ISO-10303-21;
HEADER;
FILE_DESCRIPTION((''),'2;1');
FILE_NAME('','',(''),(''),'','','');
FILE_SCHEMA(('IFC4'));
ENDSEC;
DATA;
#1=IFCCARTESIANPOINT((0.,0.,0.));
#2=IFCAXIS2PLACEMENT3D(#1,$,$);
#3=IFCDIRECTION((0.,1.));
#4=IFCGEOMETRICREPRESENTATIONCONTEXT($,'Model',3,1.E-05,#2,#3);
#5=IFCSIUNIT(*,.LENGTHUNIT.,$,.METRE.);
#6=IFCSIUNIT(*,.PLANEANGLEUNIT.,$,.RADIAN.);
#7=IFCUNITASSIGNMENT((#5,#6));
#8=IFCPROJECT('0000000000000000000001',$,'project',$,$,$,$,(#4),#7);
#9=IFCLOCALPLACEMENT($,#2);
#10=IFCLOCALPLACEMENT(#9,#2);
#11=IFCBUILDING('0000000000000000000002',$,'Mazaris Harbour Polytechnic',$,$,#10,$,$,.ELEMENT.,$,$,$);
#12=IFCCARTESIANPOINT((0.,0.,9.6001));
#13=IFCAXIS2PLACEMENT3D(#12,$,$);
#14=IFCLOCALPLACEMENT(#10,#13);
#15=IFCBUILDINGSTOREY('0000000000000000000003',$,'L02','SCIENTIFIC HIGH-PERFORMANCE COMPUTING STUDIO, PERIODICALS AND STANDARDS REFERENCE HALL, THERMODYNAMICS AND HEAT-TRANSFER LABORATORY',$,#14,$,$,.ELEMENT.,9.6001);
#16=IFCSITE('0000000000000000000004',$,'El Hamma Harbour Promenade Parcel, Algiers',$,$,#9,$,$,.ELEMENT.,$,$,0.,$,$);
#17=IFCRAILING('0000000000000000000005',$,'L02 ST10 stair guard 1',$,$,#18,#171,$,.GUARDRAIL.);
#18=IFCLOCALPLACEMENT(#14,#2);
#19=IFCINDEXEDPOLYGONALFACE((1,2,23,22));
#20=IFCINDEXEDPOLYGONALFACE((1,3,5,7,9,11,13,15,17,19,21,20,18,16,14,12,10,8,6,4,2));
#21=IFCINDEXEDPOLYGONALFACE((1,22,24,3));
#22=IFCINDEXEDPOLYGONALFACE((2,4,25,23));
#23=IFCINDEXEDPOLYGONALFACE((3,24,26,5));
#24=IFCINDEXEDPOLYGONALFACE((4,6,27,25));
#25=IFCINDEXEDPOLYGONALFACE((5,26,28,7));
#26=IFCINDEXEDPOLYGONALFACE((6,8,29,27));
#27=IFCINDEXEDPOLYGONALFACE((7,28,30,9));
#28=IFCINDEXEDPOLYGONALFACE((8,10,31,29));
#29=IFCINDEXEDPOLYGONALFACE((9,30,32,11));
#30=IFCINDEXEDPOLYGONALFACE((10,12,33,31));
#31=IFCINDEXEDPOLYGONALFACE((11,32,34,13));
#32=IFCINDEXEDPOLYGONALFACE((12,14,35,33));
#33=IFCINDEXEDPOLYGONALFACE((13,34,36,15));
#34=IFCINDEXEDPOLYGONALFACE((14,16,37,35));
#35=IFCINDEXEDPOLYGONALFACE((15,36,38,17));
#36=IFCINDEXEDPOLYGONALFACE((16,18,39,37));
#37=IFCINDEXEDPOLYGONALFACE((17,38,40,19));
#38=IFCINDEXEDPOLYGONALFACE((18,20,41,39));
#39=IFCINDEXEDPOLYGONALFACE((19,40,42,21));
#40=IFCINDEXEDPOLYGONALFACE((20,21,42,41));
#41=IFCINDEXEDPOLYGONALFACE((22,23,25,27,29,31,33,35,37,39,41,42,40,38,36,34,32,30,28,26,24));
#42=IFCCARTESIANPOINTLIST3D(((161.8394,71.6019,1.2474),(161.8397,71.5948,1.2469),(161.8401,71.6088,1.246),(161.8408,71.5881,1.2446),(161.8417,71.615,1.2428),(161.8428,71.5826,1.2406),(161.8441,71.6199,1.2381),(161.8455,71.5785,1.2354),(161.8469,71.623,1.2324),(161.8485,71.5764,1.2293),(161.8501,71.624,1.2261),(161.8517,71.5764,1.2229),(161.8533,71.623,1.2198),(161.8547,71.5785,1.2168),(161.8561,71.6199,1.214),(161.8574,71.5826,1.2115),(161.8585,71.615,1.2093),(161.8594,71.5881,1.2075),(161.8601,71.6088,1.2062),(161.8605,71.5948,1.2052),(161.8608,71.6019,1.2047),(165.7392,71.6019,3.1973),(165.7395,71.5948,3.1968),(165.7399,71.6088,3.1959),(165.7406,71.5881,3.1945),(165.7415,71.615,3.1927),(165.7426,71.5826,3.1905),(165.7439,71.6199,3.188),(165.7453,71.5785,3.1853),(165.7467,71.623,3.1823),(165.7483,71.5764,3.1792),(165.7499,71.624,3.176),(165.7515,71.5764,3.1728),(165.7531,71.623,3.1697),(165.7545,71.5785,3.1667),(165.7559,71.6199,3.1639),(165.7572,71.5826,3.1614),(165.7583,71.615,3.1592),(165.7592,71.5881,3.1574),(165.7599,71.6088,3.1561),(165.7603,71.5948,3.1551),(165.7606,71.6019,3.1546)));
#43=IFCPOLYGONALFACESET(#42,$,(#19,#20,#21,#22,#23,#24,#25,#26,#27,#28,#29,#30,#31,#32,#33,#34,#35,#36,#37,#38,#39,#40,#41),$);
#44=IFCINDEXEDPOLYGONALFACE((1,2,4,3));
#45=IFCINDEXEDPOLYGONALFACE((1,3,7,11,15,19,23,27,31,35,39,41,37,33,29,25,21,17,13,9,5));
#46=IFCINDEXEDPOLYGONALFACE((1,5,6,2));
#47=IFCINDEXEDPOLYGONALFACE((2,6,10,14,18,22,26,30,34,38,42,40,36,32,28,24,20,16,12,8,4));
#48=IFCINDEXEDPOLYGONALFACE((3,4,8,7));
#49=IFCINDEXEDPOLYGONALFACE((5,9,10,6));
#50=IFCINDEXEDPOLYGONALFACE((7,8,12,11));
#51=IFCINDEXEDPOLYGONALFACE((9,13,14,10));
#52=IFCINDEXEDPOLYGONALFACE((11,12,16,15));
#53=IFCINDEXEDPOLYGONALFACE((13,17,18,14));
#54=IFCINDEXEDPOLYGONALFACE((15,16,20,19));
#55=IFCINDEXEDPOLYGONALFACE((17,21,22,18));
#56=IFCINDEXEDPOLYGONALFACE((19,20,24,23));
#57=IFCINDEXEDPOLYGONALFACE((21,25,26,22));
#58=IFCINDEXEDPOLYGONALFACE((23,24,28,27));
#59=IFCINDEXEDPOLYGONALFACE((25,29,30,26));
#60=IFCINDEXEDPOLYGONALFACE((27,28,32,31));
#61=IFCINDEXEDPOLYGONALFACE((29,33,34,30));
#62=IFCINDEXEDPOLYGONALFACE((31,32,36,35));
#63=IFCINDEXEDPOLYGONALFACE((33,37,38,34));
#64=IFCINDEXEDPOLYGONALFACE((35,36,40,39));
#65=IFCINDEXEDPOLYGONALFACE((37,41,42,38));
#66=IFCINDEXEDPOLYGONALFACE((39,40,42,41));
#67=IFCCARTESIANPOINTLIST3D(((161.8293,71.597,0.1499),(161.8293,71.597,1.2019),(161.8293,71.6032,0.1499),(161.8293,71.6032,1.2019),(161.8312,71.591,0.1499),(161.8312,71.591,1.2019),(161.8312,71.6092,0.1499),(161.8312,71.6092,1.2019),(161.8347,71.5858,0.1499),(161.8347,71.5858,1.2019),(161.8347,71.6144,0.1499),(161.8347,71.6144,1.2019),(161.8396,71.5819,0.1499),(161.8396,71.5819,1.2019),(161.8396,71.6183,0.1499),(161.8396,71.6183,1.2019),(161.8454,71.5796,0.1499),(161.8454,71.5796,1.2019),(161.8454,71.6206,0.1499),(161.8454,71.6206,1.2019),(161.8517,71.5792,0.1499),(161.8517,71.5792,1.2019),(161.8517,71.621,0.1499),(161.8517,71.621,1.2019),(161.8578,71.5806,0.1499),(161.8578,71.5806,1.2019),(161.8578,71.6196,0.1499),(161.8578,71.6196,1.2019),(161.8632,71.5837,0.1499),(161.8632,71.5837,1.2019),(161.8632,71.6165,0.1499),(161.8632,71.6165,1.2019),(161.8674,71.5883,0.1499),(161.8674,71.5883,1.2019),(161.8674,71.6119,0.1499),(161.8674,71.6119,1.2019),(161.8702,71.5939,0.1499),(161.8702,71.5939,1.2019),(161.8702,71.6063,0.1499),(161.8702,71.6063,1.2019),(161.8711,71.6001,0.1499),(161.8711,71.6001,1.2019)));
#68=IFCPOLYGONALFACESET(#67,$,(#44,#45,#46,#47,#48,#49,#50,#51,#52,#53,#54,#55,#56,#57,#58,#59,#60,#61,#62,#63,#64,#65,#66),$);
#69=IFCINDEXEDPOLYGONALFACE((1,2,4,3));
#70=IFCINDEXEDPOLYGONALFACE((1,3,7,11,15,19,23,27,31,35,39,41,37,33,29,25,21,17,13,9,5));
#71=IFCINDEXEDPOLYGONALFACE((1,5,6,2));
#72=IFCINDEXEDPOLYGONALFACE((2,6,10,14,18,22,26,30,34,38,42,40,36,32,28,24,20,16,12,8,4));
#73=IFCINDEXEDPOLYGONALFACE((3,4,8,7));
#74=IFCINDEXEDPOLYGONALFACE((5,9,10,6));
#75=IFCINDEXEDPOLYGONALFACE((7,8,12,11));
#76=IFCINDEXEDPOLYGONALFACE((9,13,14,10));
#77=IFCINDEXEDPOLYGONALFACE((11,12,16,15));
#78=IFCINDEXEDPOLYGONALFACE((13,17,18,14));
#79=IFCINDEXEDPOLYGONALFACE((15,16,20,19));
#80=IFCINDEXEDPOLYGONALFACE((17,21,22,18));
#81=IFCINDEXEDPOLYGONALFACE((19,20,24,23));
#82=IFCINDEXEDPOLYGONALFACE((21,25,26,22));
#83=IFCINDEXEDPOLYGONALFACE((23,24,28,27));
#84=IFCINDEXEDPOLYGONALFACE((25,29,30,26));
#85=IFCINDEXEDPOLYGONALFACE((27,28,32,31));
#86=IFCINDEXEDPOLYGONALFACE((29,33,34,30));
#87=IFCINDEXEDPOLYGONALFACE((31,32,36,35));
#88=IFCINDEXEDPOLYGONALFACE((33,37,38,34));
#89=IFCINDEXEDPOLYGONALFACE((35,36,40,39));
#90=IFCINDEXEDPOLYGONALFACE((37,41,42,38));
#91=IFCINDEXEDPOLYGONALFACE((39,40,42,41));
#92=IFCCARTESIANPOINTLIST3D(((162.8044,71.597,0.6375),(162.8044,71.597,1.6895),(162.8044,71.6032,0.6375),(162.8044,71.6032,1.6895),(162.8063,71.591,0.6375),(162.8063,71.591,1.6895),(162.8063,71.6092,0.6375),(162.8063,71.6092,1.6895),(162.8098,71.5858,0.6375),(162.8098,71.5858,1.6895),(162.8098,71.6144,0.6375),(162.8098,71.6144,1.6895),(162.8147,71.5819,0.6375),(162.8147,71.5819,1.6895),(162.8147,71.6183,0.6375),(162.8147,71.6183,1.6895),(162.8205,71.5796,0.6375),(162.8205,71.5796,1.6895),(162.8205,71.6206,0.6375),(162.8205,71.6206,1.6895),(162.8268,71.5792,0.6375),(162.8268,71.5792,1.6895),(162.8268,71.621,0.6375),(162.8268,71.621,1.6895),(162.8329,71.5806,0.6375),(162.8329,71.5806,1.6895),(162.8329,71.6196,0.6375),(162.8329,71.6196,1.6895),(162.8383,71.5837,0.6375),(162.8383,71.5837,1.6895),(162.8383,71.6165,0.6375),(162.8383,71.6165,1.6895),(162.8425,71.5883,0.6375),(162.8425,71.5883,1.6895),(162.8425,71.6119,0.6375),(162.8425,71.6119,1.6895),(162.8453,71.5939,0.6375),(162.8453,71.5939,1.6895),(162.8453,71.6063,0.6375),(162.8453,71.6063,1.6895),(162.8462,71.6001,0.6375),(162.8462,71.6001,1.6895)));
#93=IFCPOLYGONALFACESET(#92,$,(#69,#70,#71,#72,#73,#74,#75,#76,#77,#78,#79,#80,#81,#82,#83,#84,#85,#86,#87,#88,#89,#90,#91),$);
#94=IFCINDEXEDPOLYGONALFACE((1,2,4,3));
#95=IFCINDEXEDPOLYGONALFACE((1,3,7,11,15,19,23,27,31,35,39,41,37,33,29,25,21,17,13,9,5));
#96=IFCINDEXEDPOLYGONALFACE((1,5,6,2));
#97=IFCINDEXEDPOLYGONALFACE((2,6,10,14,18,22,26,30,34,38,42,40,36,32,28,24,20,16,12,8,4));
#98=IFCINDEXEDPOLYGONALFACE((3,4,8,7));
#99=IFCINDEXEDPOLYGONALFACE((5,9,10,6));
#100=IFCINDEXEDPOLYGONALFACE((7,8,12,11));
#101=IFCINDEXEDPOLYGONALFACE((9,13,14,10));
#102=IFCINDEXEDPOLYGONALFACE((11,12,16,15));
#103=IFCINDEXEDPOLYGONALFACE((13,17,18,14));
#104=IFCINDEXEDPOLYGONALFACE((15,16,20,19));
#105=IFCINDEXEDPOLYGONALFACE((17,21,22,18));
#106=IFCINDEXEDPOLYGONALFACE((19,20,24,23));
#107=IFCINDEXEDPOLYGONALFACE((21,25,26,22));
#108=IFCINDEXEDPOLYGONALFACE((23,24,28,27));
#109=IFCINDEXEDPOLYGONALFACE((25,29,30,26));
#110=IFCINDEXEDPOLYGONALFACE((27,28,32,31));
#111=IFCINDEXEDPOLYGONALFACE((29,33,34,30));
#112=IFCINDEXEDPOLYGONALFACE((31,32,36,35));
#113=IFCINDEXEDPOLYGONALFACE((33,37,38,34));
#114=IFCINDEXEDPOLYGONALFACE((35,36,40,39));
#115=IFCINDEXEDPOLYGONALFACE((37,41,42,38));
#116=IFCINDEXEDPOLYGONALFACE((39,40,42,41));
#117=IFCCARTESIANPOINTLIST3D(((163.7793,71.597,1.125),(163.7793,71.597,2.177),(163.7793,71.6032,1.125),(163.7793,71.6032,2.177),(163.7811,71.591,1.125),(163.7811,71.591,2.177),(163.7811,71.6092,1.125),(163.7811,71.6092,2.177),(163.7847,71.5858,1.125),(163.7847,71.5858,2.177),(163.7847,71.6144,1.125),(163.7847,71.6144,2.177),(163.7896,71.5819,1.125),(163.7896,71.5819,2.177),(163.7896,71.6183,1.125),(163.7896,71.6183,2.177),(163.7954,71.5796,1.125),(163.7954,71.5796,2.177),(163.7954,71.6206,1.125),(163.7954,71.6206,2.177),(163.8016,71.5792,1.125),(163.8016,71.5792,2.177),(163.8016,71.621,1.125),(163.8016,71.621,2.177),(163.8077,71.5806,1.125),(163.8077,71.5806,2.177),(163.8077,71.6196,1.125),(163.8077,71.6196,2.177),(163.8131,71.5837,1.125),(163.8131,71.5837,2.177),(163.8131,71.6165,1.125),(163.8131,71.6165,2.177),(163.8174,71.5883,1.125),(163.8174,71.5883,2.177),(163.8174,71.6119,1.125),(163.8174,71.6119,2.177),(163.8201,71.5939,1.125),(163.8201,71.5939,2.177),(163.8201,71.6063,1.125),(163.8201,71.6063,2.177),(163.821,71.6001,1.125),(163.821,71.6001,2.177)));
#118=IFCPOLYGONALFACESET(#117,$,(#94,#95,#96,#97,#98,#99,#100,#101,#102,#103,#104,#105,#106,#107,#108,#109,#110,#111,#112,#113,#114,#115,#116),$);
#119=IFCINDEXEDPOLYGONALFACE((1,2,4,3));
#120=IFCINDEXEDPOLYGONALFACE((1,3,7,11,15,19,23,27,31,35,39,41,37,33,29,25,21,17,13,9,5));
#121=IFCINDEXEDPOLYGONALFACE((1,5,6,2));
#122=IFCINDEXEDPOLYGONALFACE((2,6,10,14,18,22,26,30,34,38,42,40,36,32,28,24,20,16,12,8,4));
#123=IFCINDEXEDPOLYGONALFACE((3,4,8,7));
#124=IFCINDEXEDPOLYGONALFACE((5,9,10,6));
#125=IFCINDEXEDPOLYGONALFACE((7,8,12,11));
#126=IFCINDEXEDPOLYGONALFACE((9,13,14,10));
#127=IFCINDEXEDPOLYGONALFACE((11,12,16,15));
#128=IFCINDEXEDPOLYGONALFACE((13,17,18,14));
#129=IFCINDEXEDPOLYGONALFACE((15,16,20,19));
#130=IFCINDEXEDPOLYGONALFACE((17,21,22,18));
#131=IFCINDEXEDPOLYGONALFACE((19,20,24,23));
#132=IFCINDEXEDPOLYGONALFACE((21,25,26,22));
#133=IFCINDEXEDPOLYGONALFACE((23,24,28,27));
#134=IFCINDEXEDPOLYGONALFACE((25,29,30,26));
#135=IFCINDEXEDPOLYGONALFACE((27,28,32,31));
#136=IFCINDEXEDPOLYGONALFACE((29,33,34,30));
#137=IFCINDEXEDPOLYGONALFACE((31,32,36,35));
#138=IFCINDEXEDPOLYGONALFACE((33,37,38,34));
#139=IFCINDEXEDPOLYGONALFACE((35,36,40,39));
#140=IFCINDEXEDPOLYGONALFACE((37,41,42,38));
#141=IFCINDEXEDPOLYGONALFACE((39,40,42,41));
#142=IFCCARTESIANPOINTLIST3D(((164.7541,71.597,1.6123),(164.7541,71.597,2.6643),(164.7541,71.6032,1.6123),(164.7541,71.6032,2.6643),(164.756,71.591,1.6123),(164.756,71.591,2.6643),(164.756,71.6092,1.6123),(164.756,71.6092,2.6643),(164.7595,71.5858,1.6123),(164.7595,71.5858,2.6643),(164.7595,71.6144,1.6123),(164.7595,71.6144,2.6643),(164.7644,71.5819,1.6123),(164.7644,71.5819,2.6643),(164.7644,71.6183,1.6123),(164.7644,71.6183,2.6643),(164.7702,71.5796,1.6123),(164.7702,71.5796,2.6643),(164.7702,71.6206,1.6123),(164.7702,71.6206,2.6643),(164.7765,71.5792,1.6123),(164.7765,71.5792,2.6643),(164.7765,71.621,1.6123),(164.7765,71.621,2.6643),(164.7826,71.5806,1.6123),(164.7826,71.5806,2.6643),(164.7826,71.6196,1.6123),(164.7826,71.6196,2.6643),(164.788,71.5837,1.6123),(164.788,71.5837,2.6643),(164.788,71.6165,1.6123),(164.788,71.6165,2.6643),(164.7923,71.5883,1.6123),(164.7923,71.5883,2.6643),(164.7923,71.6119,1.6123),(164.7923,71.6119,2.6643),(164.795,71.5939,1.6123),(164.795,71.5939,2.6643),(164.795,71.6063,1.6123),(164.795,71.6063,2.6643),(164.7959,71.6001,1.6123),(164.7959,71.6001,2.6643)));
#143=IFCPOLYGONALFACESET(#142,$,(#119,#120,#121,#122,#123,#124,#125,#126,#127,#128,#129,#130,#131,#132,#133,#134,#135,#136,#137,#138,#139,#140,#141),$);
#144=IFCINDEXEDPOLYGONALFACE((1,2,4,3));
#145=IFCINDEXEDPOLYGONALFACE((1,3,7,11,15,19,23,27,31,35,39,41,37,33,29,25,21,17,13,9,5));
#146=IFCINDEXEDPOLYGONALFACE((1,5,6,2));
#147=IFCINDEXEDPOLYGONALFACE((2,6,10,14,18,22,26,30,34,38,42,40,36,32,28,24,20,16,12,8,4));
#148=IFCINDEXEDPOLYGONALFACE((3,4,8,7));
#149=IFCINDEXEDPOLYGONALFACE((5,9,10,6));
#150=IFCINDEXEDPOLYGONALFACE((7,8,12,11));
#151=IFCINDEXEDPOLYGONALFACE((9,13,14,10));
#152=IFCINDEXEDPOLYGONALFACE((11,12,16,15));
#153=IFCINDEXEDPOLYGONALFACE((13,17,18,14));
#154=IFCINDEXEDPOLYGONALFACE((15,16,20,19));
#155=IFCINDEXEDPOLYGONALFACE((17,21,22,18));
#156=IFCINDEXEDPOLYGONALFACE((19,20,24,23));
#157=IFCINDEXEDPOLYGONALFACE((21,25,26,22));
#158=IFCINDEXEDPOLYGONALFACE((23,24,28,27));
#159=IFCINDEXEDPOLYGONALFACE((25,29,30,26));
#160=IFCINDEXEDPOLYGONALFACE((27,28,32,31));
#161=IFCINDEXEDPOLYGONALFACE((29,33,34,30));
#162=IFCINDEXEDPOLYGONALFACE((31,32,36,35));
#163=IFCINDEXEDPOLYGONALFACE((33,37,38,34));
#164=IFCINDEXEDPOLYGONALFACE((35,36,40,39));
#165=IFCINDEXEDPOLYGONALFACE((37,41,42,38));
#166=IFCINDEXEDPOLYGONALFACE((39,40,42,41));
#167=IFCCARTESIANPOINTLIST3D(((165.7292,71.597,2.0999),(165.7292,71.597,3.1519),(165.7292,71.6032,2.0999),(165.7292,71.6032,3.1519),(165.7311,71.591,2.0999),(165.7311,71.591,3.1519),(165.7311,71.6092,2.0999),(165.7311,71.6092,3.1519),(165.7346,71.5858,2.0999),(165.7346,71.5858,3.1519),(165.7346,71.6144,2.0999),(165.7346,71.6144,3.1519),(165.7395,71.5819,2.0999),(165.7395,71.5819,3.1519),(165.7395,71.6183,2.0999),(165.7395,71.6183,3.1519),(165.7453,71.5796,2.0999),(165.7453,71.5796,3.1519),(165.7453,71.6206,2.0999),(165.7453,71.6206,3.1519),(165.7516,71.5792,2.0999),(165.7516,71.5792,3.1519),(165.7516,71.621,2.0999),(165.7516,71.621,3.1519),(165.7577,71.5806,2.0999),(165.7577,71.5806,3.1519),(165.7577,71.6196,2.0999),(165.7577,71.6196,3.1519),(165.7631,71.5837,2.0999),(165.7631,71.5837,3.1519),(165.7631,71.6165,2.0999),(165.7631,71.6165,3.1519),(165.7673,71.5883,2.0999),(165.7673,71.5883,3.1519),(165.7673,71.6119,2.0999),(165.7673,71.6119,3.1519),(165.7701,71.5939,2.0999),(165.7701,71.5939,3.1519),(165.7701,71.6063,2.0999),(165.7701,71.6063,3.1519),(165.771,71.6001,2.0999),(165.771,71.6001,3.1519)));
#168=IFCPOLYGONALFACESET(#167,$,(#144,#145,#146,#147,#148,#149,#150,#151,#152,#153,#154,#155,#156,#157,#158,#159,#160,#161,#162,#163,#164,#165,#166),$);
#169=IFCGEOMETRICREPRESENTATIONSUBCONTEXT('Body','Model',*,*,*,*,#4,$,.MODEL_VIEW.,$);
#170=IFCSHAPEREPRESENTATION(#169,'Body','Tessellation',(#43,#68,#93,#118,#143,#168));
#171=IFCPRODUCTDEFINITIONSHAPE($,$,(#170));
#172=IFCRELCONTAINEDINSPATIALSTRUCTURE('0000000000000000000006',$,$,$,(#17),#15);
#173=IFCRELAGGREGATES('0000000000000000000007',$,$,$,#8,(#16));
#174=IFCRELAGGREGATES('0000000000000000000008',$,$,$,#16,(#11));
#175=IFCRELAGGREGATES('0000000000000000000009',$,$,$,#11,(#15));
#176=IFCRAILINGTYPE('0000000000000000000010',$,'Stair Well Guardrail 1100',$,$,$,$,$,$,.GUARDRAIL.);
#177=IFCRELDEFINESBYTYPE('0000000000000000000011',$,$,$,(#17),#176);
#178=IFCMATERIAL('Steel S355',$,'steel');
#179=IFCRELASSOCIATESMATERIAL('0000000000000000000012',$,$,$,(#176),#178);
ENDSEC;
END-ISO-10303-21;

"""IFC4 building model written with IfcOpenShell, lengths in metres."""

from ifc_helpers import new_model, si_unit, direction, frame, origin, origin_2d, place, context, subcontext, project, spatial, circle, extrude, material, type_object, element, save


model = new_model("IFC4")

# Units and contexts
model_context = context("Model", 3, precision=1e-05, world=origin(), true_north=direction((0.0, 1.0)))
body_context = subcontext(model_context, "Body", "Model", "MODEL_VIEW")
ifc_project = project(units=[si_unit("LENGTHUNIT", "METRE"), si_unit("PLANEANGLEUNIT", "RADIAN")], contexts=[model_context])

# Site, building, storey
site_placement = place(None, origin())
site = spatial("IfcSite", under=ifc_project, at=site_placement, Name="El Hamma Harbour Promenade Parcel, Algiers", CompositionType="ELEMENT", RefElevation=0.0)
building_placement = place(site_placement, origin())
building = spatial("IfcBuilding", under=site, at=building_placement, Name="Mazaris Harbour Polytechnic", CompositionType="ELEMENT")
storey_placement = place(building_placement, frame((0.0, 0.0, 9.6001)))
storey = spatial("IfcBuildingStorey", under=building, at=storey_placement, Name="L02", Description="SCIENTIFIC HIGH-PERFORMANCE COMPUTING STUDIO, PERIODICALS AND STANDARDS REFERENCE HALL, THERMODYNAMICS AND HEAT-TRANSFER LABORATORY", CompositionType="ELEMENT", Elevation=9.6001)

# Railing
ifc_material_1 = material(Name="Steel S355", Category="steel")
railing_type_1 = type_object("IfcRailingType", Name="Stair Well Guardrail 1100", PredefinedType="GUARDRAIL", material=ifc_material_1)
railing_1_placement = place(storey_placement, frame((161.8501, 71.6001, 0.1499)))
element("IfcRailing", 1, at=railing_1_placement, inside=storey, type_object=railing_type_1, Name="L02 ST10 stair guard 1", PredefinedType="GUARDRAIL", context=body_context, shape_type="SweptSolid", body=[
    extrude(circle(Radius=0.0239, at=origin_2d()), frame((0.0, 0.0, 1.0762), z_axis=(0.894427, 0.0, 0.447214), x_axis=(0.0, 1.0, 0.0)), (0.0, 0.0, 1.0), 4.3601),
    extrude(circle(Radius=0.021, at=origin_2d()), origin(), (0.0, 0.0, 1.0), 1.052),
    extrude(circle(Radius=0.021, at=origin_2d()), frame((0.9751, 0.0, 0.4875)), (0.0, 0.0, 1.0), 1.052),
    extrude(circle(Radius=0.021, at=origin_2d()), frame((1.95, 0.0, 0.9751)), (0.0, 0.0, 1.0), 1.052),
    extrude(circle(Radius=0.021, at=origin_2d()), frame((2.9248, 0.0, 1.4624)), (0.0, 0.0, 1.0), 1.052),
    extrude(circle(Radius=0.021, at=origin_2d()), frame((3.8999, 0.0, 1.95)), (0.0, 0.0, 1.0), 1.052),
])

save(model, "model.ifc")
